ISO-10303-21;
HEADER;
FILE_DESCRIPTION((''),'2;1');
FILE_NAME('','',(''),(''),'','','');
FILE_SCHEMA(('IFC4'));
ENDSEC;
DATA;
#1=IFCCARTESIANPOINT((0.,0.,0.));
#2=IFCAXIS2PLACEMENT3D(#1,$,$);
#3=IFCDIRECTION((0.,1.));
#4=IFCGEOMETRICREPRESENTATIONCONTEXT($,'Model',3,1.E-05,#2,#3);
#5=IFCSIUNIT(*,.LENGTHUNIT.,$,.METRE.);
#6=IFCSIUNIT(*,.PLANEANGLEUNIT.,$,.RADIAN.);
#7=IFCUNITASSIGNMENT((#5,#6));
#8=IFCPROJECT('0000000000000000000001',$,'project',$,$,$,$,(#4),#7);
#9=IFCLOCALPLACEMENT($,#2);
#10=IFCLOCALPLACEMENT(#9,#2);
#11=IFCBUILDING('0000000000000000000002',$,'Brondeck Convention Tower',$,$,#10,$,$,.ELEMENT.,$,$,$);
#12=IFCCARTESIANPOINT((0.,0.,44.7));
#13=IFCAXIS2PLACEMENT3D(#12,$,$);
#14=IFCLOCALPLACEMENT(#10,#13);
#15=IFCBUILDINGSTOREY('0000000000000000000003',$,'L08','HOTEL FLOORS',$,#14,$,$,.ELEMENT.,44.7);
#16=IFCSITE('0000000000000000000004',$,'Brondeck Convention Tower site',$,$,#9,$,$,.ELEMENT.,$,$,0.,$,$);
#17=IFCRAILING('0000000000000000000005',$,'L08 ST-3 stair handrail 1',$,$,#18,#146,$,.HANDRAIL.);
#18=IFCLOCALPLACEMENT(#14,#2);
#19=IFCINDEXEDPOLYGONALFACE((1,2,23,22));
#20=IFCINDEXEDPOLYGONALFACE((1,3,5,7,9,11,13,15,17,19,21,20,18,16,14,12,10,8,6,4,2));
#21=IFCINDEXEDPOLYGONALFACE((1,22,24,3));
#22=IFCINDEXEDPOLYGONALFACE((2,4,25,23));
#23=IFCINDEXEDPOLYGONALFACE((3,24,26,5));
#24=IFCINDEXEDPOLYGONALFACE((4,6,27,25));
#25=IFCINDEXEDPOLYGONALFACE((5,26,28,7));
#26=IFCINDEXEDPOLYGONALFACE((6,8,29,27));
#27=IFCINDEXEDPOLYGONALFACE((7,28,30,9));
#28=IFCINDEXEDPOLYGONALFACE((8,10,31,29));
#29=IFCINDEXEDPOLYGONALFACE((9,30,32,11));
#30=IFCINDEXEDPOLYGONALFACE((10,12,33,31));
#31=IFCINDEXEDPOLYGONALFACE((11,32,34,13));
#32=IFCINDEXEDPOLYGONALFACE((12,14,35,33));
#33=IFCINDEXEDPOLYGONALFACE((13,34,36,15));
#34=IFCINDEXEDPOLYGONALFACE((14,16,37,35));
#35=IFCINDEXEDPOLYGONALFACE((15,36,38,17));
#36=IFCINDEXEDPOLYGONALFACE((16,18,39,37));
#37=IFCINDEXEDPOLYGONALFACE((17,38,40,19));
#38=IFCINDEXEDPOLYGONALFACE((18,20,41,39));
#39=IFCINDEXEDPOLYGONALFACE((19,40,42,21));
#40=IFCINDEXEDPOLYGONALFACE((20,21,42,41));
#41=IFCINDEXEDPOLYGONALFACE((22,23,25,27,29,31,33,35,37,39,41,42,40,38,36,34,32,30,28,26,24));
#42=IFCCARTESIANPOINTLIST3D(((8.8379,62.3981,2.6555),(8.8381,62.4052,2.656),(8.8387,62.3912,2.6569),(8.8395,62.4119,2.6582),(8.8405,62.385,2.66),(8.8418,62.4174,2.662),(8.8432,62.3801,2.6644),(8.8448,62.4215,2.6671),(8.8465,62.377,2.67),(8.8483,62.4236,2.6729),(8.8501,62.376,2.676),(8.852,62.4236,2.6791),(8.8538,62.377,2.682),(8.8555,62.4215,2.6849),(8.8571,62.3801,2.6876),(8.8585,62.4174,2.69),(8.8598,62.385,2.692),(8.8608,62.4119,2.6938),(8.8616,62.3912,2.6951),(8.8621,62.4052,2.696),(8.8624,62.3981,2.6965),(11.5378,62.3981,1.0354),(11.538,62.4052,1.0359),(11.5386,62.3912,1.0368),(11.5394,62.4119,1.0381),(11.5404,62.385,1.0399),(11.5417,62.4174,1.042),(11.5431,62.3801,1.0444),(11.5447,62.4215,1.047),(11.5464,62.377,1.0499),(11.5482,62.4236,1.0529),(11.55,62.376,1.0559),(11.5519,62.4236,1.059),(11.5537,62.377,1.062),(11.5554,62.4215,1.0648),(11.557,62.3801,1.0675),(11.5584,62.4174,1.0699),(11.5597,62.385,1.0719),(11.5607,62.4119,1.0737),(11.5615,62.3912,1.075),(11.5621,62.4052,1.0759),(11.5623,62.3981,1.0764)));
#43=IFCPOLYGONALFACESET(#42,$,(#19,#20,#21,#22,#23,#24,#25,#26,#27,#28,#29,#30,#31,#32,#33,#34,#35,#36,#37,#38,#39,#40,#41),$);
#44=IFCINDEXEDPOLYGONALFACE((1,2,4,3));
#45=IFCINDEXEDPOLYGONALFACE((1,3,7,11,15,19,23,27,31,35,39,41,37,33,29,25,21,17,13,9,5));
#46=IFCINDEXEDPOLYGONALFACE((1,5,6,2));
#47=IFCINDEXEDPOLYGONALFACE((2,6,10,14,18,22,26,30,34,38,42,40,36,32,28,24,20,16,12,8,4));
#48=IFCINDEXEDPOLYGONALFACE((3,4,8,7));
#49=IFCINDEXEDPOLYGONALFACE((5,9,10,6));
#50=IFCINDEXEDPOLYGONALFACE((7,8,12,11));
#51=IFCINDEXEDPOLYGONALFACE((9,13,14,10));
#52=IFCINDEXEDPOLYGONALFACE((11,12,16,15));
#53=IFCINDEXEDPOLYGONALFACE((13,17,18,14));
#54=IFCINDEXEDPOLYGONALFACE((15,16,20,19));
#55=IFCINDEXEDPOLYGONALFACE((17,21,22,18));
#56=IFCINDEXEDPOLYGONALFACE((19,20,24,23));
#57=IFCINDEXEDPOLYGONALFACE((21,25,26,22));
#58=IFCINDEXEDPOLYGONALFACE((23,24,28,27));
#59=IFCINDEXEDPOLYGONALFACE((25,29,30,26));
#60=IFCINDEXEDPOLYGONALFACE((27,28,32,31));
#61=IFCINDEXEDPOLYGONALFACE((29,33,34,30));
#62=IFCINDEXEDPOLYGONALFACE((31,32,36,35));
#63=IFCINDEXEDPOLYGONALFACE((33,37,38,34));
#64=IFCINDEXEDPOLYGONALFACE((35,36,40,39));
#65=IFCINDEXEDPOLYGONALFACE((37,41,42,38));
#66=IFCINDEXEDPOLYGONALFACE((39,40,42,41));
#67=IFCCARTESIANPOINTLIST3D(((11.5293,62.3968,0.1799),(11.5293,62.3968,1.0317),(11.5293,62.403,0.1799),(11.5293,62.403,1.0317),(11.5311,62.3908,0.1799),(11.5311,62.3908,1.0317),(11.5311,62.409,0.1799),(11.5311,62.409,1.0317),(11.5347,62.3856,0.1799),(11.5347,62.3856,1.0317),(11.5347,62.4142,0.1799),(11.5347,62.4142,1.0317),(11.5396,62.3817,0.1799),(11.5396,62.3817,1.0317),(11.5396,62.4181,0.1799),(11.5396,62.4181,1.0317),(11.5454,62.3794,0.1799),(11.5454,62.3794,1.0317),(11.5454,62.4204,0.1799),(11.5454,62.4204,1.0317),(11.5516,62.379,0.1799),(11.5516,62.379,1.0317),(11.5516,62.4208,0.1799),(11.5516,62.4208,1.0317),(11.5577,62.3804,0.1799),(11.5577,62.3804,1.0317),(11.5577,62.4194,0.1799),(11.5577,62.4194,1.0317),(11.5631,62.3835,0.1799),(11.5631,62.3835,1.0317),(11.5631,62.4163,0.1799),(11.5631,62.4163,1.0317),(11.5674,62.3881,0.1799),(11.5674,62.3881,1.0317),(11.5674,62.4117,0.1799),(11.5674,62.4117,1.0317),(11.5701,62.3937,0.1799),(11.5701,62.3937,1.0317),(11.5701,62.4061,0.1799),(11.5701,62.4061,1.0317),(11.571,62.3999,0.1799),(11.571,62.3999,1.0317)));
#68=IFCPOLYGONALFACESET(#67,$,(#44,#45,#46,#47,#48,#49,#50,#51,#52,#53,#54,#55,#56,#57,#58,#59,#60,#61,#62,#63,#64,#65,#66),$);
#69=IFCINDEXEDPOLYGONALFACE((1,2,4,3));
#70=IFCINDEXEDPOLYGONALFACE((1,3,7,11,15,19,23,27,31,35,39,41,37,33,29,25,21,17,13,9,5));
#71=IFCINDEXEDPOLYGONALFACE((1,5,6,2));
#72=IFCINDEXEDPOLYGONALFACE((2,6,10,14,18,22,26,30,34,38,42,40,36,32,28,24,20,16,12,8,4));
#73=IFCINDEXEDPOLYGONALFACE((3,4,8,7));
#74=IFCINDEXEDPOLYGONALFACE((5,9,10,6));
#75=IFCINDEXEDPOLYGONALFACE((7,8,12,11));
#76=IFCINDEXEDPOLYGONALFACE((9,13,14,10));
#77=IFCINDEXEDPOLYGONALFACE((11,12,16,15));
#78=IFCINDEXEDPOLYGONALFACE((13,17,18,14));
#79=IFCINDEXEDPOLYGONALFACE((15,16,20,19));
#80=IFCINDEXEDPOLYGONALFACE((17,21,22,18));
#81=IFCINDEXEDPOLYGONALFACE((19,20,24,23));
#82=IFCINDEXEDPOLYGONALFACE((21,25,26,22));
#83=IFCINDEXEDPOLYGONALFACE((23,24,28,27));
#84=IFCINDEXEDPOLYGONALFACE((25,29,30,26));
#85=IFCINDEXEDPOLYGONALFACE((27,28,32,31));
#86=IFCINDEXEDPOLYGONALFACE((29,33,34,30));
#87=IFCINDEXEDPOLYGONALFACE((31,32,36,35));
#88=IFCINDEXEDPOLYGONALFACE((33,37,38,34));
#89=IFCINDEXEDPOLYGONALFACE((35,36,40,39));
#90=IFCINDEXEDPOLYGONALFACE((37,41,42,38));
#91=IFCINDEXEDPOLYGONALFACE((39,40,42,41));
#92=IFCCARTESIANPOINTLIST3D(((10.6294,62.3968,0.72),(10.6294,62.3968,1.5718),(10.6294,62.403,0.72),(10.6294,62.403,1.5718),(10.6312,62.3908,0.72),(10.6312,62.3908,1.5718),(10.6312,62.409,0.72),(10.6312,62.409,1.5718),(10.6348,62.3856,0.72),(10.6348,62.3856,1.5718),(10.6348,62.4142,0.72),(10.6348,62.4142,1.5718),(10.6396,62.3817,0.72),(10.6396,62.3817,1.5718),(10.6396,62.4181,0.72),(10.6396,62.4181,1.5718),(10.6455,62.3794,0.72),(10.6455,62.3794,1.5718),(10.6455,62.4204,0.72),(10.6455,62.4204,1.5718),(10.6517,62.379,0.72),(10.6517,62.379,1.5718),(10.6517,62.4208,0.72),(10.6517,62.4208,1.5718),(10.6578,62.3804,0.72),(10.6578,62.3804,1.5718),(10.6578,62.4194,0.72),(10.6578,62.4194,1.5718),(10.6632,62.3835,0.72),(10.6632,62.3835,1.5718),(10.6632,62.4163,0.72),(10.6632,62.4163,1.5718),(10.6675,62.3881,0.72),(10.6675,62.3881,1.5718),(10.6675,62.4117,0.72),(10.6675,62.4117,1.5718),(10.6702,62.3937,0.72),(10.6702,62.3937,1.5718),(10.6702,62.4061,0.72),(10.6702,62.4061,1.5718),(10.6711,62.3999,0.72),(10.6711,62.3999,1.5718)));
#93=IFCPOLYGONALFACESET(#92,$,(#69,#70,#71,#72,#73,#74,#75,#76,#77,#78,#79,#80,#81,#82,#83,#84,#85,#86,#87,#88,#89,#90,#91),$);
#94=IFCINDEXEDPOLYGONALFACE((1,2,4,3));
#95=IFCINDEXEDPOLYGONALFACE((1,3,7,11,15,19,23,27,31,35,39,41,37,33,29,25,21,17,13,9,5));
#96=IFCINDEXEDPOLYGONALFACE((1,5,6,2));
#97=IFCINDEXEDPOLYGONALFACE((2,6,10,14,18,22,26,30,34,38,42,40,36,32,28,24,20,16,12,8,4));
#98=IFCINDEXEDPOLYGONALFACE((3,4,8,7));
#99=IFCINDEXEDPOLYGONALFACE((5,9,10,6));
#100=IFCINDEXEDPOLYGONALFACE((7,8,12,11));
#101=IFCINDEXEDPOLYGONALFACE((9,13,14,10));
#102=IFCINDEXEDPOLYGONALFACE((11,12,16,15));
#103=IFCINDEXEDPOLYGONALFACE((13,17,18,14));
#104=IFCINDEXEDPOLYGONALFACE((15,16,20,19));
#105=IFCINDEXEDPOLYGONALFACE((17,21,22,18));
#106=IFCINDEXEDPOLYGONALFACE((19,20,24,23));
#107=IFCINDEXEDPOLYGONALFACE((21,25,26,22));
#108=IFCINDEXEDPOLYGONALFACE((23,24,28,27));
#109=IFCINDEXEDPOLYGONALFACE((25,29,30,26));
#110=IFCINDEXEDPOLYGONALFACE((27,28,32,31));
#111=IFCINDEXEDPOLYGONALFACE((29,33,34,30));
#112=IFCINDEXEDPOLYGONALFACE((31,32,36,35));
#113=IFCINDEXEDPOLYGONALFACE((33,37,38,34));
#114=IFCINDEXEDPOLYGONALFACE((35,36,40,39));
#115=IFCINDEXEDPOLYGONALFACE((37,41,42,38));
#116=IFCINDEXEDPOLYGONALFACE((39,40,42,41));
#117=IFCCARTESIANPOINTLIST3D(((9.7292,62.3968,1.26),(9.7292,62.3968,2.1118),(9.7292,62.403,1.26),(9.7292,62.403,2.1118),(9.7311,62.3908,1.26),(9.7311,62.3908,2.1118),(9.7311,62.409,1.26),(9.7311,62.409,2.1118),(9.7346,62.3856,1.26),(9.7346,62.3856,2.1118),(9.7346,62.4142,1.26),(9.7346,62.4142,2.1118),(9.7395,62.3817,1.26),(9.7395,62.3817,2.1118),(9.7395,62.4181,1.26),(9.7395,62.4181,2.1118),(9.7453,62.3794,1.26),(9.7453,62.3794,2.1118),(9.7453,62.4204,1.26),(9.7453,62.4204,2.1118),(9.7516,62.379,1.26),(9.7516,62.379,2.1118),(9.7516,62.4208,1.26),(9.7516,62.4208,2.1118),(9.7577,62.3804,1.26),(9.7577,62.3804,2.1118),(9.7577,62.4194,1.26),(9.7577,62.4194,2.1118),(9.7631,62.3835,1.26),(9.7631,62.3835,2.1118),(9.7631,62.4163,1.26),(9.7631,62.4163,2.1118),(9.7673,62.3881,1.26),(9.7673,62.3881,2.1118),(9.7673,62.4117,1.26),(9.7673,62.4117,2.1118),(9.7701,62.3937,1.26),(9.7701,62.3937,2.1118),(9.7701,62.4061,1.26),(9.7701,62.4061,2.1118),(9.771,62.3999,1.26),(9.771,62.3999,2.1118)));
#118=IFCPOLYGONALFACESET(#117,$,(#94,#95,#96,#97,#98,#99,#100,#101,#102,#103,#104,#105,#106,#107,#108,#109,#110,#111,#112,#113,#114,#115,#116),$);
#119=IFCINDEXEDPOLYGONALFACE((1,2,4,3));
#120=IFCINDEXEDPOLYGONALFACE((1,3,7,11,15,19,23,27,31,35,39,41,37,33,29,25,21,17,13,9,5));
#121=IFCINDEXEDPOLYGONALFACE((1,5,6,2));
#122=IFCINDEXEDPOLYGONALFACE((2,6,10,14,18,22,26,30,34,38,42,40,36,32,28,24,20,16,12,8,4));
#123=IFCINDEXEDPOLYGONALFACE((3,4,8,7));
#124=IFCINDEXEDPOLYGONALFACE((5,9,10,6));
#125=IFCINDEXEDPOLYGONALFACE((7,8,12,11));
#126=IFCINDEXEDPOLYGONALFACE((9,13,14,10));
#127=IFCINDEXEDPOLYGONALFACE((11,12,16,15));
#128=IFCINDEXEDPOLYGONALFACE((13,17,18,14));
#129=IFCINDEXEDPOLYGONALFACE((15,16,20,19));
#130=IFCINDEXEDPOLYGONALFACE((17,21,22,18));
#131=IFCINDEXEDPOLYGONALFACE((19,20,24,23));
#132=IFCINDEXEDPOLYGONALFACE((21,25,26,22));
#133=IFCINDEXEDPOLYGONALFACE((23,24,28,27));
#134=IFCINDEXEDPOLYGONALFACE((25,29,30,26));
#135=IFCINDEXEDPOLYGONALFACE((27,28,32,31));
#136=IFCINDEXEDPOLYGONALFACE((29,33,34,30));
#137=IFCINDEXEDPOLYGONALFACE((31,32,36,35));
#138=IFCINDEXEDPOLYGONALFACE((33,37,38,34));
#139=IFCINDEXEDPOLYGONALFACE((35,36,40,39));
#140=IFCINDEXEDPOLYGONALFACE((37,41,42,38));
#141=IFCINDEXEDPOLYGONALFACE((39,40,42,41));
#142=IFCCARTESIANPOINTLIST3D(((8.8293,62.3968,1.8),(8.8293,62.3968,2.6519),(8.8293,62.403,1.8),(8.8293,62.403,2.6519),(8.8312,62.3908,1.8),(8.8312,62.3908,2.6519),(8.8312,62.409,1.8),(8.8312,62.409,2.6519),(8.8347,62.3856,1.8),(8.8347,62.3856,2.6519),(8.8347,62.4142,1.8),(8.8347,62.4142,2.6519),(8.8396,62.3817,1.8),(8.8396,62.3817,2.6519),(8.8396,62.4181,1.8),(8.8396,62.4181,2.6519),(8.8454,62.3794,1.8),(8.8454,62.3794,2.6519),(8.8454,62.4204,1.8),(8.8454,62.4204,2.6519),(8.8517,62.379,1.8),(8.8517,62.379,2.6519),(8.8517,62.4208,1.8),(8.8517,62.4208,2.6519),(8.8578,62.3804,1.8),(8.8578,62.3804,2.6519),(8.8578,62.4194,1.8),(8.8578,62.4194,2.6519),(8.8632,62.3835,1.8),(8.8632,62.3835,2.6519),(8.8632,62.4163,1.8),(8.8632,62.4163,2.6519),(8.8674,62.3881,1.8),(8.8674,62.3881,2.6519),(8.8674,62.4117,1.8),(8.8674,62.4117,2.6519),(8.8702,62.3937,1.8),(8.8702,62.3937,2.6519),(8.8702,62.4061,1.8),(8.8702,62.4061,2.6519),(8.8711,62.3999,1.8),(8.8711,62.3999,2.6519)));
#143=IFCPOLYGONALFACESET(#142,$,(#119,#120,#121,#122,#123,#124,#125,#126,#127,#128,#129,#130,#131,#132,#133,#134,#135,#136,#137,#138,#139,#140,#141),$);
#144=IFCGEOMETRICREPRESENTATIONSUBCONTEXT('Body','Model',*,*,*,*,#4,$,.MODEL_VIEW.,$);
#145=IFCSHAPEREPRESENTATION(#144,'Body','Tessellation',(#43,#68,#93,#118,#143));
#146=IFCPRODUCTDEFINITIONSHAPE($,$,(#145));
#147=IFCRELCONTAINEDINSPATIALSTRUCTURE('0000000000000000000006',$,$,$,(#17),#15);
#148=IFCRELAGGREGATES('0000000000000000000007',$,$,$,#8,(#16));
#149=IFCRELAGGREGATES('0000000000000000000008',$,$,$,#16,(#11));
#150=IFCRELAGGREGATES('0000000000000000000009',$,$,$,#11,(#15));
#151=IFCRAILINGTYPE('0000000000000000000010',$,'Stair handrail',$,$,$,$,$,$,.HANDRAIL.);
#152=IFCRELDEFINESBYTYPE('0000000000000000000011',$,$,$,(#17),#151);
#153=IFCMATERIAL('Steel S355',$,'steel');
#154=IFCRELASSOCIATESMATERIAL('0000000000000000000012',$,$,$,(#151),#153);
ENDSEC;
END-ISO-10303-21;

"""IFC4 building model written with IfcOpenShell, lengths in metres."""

from ifc_helpers import new_model, si_unit, direction, frame, origin, origin_2d, place, context, subcontext, project, spatial, circle, extrude, material, type_object, element, save


model = new_model("IFC4")

# Units and contexts
model_context = context("Model", 3, precision=1e-05, world=origin(), true_north=direction((0.0, 1.0)))
body_context = subcontext(model_context, "Body", "Model", "MODEL_VIEW")
ifc_project = project(units=[si_unit("LENGTHUNIT", "METRE"), si_unit("PLANEANGLEUNIT", "RADIAN")], contexts=[model_context])

# Site, building, storey
site_placement = place(None, origin())
site = spatial("IfcSite", under=ifc_project, at=site_placement, Name="Brondeck Convention Tower site", CompositionType="ELEMENT", RefElevation=0.0)
building_placement = place(site_placement, origin())
building = spatial("IfcBuilding", under=site, at=building_placement, Name="Brondeck Convention Tower", CompositionType="ELEMENT")
storey_placement = place(building_placement, frame((0.0, 0.0, 44.7)))
storey = spatial("IfcBuildingStorey", under=building, at=storey_placement, Name="L08", Description="HOTEL FLOORS", CompositionType="ELEMENT", Elevation=44.7)

# Railing
ifc_material_1 = material(Name="Steel S355", Category="steel")
railing_type_1 = type_object("IfcRailingType", Name="Stair handrail", PredefinedType="HANDRAIL", material=ifc_material_1)
railing_1_placement = place(storey_placement, frame((11.55, 62.3999, 0.1799)))
element("IfcRailing", 1, at=railing_1_placement, inside=storey, type_object=railing_type_1, Name="L08 ST-3 stair handrail 1", PredefinedType="HANDRAIL", context=body_context, shape_type="SweptSolid", body=[
    extrude(circle(Radius=0.0239, at=origin_2d()), frame((0.0, 0.0, 0.876), z_axis=(-0.857472, 0.0, 0.51453), x_axis=(0.0, -1.0, 0.0)), (0.0, 0.0, 1.0), 3.1487),
    extrude(circle(Radius=0.021, at=origin_2d()), origin(), (0.0, 0.0, 1.0), 0.8518),
    extrude(circle(Radius=0.021, at=origin_2d()), frame((-0.8999, 0.0, 0.54)), (0.0, 0.0, 1.0), 0.8518),
    extrude(circle(Radius=0.021, at=origin_2d()), frame((-1.8, 0.0, 1.0801)), (0.0, 0.0, 1.0), 0.8518),
    extrude(circle(Radius=0.021, at=origin_2d()), frame((-2.7, 0.0, 1.6201)), (0.0, 0.0, 1.0), 0.8518),
])

save(model, "model.ifc")
